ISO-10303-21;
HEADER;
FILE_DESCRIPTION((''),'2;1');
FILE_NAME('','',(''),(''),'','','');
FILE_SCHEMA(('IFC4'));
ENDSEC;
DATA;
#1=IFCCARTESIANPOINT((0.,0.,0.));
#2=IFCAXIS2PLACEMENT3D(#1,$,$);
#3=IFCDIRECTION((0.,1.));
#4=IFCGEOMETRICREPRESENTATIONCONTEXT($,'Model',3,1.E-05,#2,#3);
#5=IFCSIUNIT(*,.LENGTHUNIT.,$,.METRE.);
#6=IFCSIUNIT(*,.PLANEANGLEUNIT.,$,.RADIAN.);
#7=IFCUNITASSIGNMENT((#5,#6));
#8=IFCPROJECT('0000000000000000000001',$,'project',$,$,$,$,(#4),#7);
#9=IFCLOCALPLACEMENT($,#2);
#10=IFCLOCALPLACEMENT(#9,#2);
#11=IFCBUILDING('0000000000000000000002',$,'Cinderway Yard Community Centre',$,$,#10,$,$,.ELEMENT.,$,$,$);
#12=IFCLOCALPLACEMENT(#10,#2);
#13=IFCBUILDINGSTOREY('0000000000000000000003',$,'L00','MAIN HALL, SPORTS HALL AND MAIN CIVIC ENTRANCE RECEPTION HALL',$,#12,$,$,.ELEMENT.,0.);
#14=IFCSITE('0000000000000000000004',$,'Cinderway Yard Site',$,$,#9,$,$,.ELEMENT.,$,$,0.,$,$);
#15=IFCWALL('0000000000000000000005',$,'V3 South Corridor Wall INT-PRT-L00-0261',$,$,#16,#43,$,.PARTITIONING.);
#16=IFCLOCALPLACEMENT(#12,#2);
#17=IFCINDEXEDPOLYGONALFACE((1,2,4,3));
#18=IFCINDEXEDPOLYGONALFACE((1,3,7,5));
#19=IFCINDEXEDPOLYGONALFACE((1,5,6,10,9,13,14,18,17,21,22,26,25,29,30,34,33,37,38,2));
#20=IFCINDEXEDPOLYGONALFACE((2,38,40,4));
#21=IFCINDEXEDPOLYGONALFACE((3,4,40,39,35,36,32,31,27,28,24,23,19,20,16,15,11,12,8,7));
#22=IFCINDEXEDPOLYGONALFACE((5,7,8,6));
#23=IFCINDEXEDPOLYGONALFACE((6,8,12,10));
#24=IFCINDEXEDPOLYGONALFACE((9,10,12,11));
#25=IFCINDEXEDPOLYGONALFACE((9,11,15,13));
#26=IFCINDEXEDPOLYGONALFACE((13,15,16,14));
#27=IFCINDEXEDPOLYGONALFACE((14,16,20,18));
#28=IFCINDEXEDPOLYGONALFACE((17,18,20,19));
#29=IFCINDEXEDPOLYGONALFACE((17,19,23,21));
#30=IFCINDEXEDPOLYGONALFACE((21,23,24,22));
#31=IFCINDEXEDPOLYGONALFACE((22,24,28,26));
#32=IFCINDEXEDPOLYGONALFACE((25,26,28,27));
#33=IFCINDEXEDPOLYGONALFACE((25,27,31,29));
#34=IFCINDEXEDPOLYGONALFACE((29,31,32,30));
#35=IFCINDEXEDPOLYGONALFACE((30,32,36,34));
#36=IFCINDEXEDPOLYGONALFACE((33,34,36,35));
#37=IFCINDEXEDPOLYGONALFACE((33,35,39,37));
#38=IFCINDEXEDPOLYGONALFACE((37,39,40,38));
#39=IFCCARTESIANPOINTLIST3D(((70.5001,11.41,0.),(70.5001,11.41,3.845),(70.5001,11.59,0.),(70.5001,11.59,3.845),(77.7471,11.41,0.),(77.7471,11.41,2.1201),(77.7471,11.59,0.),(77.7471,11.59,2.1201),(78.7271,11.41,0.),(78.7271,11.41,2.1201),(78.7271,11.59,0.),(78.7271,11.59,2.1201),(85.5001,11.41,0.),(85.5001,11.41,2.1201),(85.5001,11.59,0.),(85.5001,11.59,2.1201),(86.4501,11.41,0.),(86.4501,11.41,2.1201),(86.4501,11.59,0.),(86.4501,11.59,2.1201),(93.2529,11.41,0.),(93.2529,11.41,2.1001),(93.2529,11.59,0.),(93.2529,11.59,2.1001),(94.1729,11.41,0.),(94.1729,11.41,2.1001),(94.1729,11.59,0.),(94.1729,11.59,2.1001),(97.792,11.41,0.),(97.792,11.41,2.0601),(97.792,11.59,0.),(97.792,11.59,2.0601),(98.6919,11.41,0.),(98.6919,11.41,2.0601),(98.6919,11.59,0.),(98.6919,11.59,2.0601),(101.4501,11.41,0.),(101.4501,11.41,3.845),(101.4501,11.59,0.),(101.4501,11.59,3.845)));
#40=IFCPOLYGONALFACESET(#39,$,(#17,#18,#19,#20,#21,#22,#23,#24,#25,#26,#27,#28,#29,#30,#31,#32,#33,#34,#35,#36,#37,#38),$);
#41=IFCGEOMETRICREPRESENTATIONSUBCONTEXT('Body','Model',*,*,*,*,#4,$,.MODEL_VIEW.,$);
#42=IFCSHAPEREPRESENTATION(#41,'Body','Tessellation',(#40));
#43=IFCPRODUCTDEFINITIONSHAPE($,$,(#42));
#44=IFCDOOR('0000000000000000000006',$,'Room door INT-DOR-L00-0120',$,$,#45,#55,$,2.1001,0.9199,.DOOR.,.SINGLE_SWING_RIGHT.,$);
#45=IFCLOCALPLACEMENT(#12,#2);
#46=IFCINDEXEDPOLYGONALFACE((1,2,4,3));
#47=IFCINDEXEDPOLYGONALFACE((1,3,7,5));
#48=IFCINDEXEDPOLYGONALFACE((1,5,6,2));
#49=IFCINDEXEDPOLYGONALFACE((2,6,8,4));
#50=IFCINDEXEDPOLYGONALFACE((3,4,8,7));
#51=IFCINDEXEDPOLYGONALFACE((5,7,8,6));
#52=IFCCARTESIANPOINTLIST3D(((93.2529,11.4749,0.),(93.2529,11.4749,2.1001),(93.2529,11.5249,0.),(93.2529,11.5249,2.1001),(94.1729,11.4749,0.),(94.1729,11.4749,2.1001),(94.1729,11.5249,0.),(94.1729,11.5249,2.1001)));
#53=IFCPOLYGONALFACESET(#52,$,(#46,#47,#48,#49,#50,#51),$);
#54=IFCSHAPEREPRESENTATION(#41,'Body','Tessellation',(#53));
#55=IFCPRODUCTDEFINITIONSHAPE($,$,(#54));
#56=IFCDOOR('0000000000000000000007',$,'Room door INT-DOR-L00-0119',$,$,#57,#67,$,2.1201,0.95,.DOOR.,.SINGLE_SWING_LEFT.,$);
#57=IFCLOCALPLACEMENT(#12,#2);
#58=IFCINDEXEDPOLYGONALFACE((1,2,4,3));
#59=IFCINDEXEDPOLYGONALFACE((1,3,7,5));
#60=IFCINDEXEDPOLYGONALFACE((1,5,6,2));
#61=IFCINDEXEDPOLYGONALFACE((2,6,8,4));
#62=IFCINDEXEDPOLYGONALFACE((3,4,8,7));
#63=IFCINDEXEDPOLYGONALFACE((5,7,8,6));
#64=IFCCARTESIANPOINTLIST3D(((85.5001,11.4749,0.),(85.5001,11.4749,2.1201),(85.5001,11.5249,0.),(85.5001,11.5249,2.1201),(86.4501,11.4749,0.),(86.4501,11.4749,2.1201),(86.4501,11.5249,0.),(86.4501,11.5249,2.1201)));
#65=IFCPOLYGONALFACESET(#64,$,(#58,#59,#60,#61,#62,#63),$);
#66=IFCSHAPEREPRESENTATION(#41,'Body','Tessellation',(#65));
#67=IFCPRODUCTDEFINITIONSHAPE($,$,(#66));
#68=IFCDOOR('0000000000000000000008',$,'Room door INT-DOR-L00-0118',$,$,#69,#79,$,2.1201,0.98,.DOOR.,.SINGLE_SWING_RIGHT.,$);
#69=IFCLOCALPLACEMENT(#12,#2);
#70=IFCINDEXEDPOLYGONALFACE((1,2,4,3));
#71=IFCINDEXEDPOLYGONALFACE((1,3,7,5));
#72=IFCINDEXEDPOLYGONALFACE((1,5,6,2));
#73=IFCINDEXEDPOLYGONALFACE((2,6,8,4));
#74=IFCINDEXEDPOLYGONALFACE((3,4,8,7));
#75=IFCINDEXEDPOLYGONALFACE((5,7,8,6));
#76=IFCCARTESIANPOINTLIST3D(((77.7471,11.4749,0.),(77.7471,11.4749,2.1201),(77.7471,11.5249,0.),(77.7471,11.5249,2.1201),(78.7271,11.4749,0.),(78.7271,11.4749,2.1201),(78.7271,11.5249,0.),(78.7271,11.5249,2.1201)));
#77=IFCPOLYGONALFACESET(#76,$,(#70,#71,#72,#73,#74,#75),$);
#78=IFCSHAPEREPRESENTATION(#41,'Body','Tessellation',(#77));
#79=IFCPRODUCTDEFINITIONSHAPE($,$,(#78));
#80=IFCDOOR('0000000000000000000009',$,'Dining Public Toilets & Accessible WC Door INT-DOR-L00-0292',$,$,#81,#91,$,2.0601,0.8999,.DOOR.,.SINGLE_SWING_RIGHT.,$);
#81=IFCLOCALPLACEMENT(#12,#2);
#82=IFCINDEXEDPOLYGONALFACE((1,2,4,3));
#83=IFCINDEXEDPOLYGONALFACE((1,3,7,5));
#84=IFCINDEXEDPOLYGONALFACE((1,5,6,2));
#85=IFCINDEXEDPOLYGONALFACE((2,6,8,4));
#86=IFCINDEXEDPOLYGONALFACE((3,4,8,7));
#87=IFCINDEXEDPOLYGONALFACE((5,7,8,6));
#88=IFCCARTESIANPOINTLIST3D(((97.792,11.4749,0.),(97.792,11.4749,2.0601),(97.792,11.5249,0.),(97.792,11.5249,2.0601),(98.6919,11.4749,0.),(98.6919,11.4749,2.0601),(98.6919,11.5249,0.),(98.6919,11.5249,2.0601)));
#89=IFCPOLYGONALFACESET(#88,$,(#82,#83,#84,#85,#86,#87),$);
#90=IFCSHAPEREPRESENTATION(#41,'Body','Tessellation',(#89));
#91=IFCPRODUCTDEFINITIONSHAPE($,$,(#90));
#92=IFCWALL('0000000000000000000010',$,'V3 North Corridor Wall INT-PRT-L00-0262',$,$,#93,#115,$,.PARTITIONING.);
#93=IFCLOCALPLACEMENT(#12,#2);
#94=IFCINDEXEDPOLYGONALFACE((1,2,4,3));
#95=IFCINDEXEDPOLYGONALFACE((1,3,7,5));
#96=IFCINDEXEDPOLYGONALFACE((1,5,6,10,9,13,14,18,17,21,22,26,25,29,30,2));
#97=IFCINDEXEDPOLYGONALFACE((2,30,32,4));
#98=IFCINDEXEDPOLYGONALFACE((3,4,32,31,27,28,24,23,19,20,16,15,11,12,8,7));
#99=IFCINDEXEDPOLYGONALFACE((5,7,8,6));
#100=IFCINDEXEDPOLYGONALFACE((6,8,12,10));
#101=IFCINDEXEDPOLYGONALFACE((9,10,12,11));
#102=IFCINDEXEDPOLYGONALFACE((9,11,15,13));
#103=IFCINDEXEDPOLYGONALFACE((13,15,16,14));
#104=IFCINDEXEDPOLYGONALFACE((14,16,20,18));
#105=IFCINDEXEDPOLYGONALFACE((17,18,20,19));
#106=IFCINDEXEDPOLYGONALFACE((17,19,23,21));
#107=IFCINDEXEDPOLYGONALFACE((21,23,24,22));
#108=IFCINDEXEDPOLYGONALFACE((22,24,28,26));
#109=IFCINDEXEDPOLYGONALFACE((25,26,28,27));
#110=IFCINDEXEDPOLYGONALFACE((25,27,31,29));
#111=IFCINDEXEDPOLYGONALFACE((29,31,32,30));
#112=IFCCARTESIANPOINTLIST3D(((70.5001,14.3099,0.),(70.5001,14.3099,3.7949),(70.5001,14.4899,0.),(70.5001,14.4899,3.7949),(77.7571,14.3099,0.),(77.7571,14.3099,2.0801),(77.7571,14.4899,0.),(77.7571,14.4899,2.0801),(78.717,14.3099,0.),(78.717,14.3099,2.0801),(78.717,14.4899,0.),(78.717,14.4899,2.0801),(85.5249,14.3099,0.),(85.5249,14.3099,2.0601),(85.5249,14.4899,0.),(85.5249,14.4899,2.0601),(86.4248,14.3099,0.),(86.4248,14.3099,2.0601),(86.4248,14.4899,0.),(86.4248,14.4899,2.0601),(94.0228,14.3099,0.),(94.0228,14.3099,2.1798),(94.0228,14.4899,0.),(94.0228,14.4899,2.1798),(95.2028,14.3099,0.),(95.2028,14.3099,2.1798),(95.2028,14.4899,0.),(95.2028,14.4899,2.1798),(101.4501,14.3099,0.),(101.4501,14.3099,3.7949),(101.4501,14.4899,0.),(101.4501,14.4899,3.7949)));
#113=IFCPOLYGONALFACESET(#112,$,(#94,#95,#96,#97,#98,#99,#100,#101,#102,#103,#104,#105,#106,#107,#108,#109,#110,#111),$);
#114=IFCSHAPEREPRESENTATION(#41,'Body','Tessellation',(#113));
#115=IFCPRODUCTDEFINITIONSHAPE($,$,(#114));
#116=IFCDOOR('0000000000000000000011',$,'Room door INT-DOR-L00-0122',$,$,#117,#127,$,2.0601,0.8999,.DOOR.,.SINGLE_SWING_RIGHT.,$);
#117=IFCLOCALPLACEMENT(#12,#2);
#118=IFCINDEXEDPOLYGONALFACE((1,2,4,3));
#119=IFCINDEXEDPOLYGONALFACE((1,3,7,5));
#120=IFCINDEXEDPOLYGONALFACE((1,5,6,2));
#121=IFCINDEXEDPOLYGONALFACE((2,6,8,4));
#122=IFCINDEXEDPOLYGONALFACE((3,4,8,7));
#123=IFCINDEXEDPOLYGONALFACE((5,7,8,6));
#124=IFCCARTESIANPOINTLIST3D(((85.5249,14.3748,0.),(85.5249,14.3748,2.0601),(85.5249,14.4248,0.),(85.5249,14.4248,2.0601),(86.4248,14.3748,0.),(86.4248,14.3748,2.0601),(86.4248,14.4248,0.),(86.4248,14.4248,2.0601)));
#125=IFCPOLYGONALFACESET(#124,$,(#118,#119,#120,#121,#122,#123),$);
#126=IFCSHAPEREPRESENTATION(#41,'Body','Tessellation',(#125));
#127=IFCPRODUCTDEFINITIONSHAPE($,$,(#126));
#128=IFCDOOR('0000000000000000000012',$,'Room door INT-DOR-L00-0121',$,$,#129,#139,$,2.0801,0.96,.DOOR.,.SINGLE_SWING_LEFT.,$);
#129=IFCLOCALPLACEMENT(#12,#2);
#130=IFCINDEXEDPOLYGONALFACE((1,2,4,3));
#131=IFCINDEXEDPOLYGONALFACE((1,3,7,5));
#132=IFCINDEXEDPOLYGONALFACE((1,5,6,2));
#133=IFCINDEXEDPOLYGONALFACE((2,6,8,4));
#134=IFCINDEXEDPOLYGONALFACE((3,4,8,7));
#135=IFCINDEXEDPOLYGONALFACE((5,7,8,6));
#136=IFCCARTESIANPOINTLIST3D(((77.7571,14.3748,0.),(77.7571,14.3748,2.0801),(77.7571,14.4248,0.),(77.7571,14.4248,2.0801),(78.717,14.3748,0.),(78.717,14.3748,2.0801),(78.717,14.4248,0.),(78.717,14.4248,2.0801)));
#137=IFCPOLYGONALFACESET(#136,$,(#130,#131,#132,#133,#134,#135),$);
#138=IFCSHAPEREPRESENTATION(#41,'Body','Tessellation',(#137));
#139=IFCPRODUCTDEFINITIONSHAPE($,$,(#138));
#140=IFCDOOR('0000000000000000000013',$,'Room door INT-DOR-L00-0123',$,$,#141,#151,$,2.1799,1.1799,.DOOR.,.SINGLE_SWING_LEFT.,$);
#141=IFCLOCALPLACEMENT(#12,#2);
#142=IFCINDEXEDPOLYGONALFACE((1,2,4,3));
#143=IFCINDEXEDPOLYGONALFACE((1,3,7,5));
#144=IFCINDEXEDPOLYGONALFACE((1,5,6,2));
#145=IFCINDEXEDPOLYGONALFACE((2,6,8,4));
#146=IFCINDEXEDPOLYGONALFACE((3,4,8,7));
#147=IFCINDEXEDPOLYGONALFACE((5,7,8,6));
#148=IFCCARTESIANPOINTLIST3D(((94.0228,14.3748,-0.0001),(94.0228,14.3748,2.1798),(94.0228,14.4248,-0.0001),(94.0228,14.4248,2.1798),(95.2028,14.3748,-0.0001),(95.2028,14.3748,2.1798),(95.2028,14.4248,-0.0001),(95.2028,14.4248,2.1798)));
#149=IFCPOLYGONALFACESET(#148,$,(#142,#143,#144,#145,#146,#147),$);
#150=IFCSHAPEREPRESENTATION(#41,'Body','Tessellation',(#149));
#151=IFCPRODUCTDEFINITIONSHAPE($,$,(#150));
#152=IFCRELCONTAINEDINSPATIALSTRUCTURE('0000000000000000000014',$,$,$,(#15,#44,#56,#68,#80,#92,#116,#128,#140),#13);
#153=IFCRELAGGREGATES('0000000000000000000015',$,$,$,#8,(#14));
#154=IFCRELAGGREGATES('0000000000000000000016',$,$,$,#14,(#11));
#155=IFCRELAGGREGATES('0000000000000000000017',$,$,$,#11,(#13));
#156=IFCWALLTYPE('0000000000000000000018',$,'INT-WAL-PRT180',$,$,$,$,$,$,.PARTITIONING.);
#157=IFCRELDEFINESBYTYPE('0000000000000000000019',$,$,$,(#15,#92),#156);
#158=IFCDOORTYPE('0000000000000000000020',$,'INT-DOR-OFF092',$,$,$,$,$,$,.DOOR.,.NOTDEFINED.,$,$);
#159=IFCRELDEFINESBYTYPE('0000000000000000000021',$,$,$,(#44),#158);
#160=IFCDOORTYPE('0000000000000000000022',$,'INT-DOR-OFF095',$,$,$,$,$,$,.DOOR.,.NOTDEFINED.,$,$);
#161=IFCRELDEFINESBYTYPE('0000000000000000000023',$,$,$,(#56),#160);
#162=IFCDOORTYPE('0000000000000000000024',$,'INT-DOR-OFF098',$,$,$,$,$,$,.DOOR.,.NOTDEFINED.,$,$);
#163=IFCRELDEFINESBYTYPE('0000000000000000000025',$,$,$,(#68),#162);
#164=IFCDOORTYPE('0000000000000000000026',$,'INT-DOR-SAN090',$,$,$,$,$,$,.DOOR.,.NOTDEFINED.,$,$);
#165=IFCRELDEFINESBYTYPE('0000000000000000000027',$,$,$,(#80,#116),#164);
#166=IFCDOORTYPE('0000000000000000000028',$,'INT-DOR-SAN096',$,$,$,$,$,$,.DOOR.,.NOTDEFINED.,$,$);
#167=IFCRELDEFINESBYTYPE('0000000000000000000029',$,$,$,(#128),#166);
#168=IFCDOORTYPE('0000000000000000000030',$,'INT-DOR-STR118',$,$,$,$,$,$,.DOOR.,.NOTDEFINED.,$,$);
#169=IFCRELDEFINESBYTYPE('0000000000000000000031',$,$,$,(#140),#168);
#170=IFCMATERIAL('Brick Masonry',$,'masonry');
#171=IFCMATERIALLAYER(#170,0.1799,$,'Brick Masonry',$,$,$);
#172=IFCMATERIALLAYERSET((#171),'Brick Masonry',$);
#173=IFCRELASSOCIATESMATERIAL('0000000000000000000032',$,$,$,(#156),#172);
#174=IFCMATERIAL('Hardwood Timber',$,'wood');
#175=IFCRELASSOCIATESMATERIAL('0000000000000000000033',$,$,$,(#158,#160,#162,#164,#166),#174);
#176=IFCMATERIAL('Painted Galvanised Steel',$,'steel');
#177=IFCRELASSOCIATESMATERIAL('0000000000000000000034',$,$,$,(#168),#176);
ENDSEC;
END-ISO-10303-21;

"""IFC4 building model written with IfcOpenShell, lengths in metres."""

from ifc_helpers import new_model, si_unit, direction, frame, frame_2d, origin, place, context, subcontext, project, spatial, rectangle, extrude, material, layer, layer_set, type_object, element, fill, save


model = new_model("IFC4")

# Units and contexts
model_context = context("Model", 3, precision=1e-05, world=origin(), true_north=direction((0.0, 1.0)))
body_context = subcontext(model_context, "Body", "Model", "MODEL_VIEW")
ifc_project = project(units=[si_unit("LENGTHUNIT", "METRE"), si_unit("PLANEANGLEUNIT", "RADIAN")], contexts=[model_context])

# Site, building, storey
site_placement = place(None, origin())
site = spatial("IfcSite", under=ifc_project, at=site_placement, Name="Cinderway Yard Site", CompositionType="ELEMENT", RefElevation=0.0)
building_placement = place(site_placement, origin())
building = spatial("IfcBuilding", under=site, at=building_placement, Name="Cinderway Yard Community Centre", CompositionType="ELEMENT")
storey_placement = place(building_placement, origin())
storey = spatial("IfcBuildingStorey", under=building, at=storey_placement, Name="L00", Description="MAIN HALL, SPORTS HALL AND MAIN CIVIC ENTRANCE RECEPTION HALL", CompositionType="ELEMENT", Elevation=0.0)

# Shared definitions
ifc_material_1 = material(Name="Brick Masonry", Category="masonry")

# Walls, openings, doors
ifc_layer_1 = layer(ifc_material_1, 0.1799, Name="Brick Masonry")
ifc_layer_set_1 = layer_set([ifc_layer_1], Name="Brick Masonry")
wall_type_1 = type_object("IfcWallType", Name="INT-WAL-PRT180", PredefinedType="PARTITIONING", material=ifc_layer_set_1)
wall_1_placement = place(storey_placement, frame((70.5, 11.5, 0.0), z_axis=(0.0, 0.0, 1.0), x_axis=(1.0, 0.0, 0.0)))
wall_1 = element("IfcWall", 1, at=wall_1_placement, inside=storey, type_object=wall_type_1, Name="V3 South Corridor Wall INT-PRT-L00-0261", PredefinedType="PARTITIONING", context=body_context, shape_type="SweptSolid", body=[
    extrude(rectangle(XDim=30.95, YDim=0.1799, at=frame_2d((15.4751, 0.0))), origin(), (0.0, 0.0, 1.0), 3.845),
])
opening_1_placement = place(wall_1_placement, frame((7.2471, 0.0, 0.0)))
opening_1 = element("IfcOpeningElement", 2, at=opening_1_placement, cuts=wall_1, PredefinedType="OPENING", context=body_context, shape_type="SweptSolid", body=[
    extrude(rectangle(XDim=0.98, YDim=2.1201, at=frame_2d((0.49, 1.0601))), frame((0.0, 0.0999, 0.0), z_axis=(0.0, -1.0, 0.0), x_axis=(1.0, 0.0, 0.0)), (0.0, 0.0, 1.0), 0.2),
])
opening_2_placement = place(wall_1_placement, frame((15.0, 0.0, 0.0)))
opening_2 = element("IfcOpeningElement", 3, at=opening_2_placement, cuts=wall_1, PredefinedType="OPENING", context=body_context, shape_type="SweptSolid", body=[
    extrude(rectangle(XDim=0.95, YDim=2.1201, at=frame_2d((0.4751, 1.0601))), frame((0.0, 0.0999, 0.0), z_axis=(0.0, -1.0, 0.0), x_axis=(1.0, 0.0, 0.0)), (0.0, 0.0, 1.0), 0.2),
])
opening_3_placement = place(wall_1_placement, frame((22.7529, 0.0, 0.0)))
opening_3 = element("IfcOpeningElement", 4, at=opening_3_placement, cuts=wall_1, PredefinedType="OPENING", context=body_context, shape_type="SweptSolid", body=[
    extrude(rectangle(XDim=0.9199, YDim=2.1001, at=frame_2d((0.46, 1.05))), frame((0.0, 0.0999, 0.0), z_axis=(0.0, -1.0, 0.0), x_axis=(1.0, 0.0, 0.0)), (0.0, 0.0, 1.0), 0.2),
])
opening_4_placement = place(wall_1_placement, frame((27.292, 0.0, 0.0)))
opening_4 = element("IfcOpeningElement", 5, at=opening_4_placement, cuts=wall_1, PredefinedType="OPENING", context=body_context, shape_type="SweptSolid", body=[
    extrude(rectangle(XDim=0.8999, YDim=2.0601, at=frame_2d((0.45, 1.03))), frame((0.0, 0.0999, 0.0), z_axis=(0.0, -1.0, 0.0), x_axis=(1.0, 0.0, 0.0)), (0.0, 0.0, 1.0), 0.2),
])
ifc_material_2 = material(Name="Hardwood Timber", Category="wood")
door_type_1 = type_object("IfcDoorType", Name="INT-DOR-OFF092", OperationType="NOTDEFINED", PredefinedType="DOOR", material=ifc_material_2)
door_1_placement = place(opening_3_placement, origin())
door_1 = element("IfcDoor", 6, at=door_1_placement, inside=storey, type_object=door_type_1, Name="Room door INT-DOR-L00-0120", OperationType="SINGLE_SWING_RIGHT", OverallHeight=2.1001, OverallWidth=0.9199, PredefinedType="DOOR", context=body_context, shape_type="SweptSolid", body=[
    extrude(rectangle(XDim=0.9199, YDim=2.1001, at=frame_2d((0.46, 1.05))), frame((0.0, 0.0249, 0.0), z_axis=(0.0, -1.0, 0.0), x_axis=(1.0, 0.0, 0.0)), (0.0, 0.0, 1.0), 0.05),
])
fill(opening_3, door_1)
door_type_2 = type_object("IfcDoorType", Name="INT-DOR-OFF095", OperationType="NOTDEFINED", PredefinedType="DOOR", material=ifc_material_2)
door_2_placement = place(opening_2_placement, origin())
door_2 = element("IfcDoor", 7, at=door_2_placement, inside=storey, type_object=door_type_2, Name="Room door INT-DOR-L00-0119", OperationType="SINGLE_SWING_LEFT", OverallHeight=2.1201, OverallWidth=0.95, PredefinedType="DOOR", context=body_context, shape_type="SweptSolid", body=[
    extrude(rectangle(XDim=0.95, YDim=2.1201, at=frame_2d((0.4751, 1.0601))), frame((0.0, 0.0249, 0.0), z_axis=(0.0, -1.0, 0.0), x_axis=(1.0, 0.0, 0.0)), (0.0, 0.0, 1.0), 0.05),
])
fill(opening_2, door_2)
door_type_3 = type_object("IfcDoorType", Name="INT-DOR-OFF098", OperationType="NOTDEFINED", PredefinedType="DOOR", material=ifc_material_2)
door_3_placement = place(opening_1_placement, origin())
door_3 = element("IfcDoor", 8, at=door_3_placement, inside=storey, type_object=door_type_3, Name="Room door INT-DOR-L00-0118", OperationType="SINGLE_SWING_RIGHT", OverallHeight=2.1201, OverallWidth=0.98, PredefinedType="DOOR", context=body_context, shape_type="SweptSolid", body=[
    extrude(rectangle(XDim=0.98, YDim=2.1201, at=frame_2d((0.49, 1.0601))), frame((0.0, 0.0249, 0.0), z_axis=(0.0, -1.0, 0.0), x_axis=(1.0, 0.0, 0.0)), (0.0, 0.0, 1.0), 0.05),
])
fill(opening_1, door_3)
door_type_4 = type_object("IfcDoorType", Name="INT-DOR-SAN090", OperationType="NOTDEFINED", PredefinedType="DOOR", material=ifc_material_2)
door_4_placement = place(opening_4_placement, origin())
door_4 = element("IfcDoor", 9, at=door_4_placement, inside=storey, type_object=door_type_4, Name="Dining Public Toilets & Accessible WC Door INT-DOR-L00-0292", OperationType="SINGLE_SWING_RIGHT", OverallHeight=2.0601, OverallWidth=0.8999, PredefinedType="DOOR", context=body_context, shape_type="SweptSolid", body=[
    extrude(rectangle(XDim=0.8999, YDim=2.0601, at=frame_2d((0.45, 1.03))), frame((0.0, 0.0249, 0.0), z_axis=(0.0, -1.0, 0.0), x_axis=(1.0, 0.0, 0.0)), (0.0, 0.0, 1.0), 0.05),
])
fill(opening_4, door_4)
wall_2_placement = place(storey_placement, frame((70.5, 14.3999, 0.0), z_axis=(0.0, 0.0, 1.0), x_axis=(1.0, 0.0, 0.0)))
wall_2 = element("IfcWall", 10, at=wall_2_placement, inside=storey, type_object=wall_type_1, Name="V3 North Corridor Wall INT-PRT-L00-0262", PredefinedType="PARTITIONING", context=body_context, shape_type="SweptSolid", body=[
    extrude(rectangle(XDim=30.95, YDim=0.1799, at=frame_2d((15.4751, 0.0))), origin(), (0.0, 0.0, 1.0), 3.7949),
])
opening_5_placement = place(wall_2_placement, frame((7.2571, 0.0, 0.0)))
opening_5 = element("IfcOpeningElement", 11, at=opening_5_placement, cuts=wall_2, PredefinedType="OPENING", context=body_context, shape_type="SweptSolid", body=[
    extrude(rectangle(XDim=0.96, YDim=2.0801, at=frame_2d((0.48, 1.04))), frame((0.0, 0.0999, 0.0), z_axis=(0.0, -1.0, 0.0), x_axis=(1.0, 0.0, 0.0)), (0.0, 0.0, 1.0), 0.2),
])
opening_6_placement = place(wall_2_placement, frame((15.0249, 0.0, 0.0)))
opening_6 = element("IfcOpeningElement", 12, at=opening_6_placement, cuts=wall_2, PredefinedType="OPENING", context=body_context, shape_type="SweptSolid", body=[
    extrude(rectangle(XDim=0.8999, YDim=2.0601, at=frame_2d((0.45, 1.03))), frame((0.0, 0.0999, 0.0), z_axis=(0.0, -1.0, 0.0), x_axis=(1.0, 0.0, 0.0)), (0.0, 0.0, 1.0), 0.2),
])
opening_7_placement = place(wall_2_placement, frame((23.5229, 0.0, 0.0)))
opening_7 = element("IfcOpeningElement", 13, at=opening_7_placement, cuts=wall_2, PredefinedType="OPENING", context=body_context, shape_type="SweptSolid", body=[
    extrude(rectangle(XDim=1.1799, YDim=2.1799, at=frame_2d((0.5898, 1.0898))), frame((0.0, 0.0999, 0.0), z_axis=(0.0, -1.0, 0.0), x_axis=(1.0, 0.0, 0.0)), (0.0, 0.0, 1.0), 0.2),
])
door_5_placement = place(opening_6_placement, origin())
door_5 = element("IfcDoor", 14, at=door_5_placement, inside=storey, type_object=door_type_4, Name="Room door INT-DOR-L00-0122", OperationType="SINGLE_SWING_RIGHT", OverallHeight=2.0601, OverallWidth=0.8999, PredefinedType="DOOR", context=body_context, shape_type="SweptSolid", body=[
    extrude(rectangle(XDim=0.8999, YDim=2.0601, at=frame_2d((0.45, 1.03))), frame((0.0, 0.0249, 0.0), z_axis=(0.0, -1.0, 0.0), x_axis=(1.0, 0.0, 0.0)), (0.0, 0.0, 1.0), 0.05),
])
fill(opening_6, door_5)
door_type_5 = type_object("IfcDoorType", Name="INT-DOR-SAN096", OperationType="NOTDEFINED", PredefinedType="DOOR", material=ifc_material_2)
door_6_placement = place(opening_5_placement, origin())
door_6 = element("IfcDoor", 15, at=door_6_placement, inside=storey, type_object=door_type_5, Name="Room door INT-DOR-L00-0121", OperationType="SINGLE_SWING_LEFT", OverallHeight=2.0801, OverallWidth=0.96, PredefinedType="DOOR", context=body_context, shape_type="SweptSolid", body=[
    extrude(rectangle(XDim=0.96, YDim=2.0801, at=frame_2d((0.48, 1.04))), frame((0.0, 0.0249, 0.0), z_axis=(0.0, -1.0, 0.0), x_axis=(1.0, 0.0, 0.0)), (0.0, 0.0, 1.0), 0.05),
])
fill(opening_5, door_6)
ifc_material_3 = material(Name="Painted Galvanised Steel", Category="steel")
door_type_6 = type_object("IfcDoorType", Name="INT-DOR-STR118", OperationType="NOTDEFINED", PredefinedType="DOOR", material=ifc_material_3)
door_7_placement = place(opening_7_placement, origin())
door_7 = element("IfcDoor", 16, at=door_7_placement, inside=storey, type_object=door_type_6, Name="Room door INT-DOR-L00-0123", OperationType="SINGLE_SWING_LEFT", OverallHeight=2.1799, OverallWidth=1.1799, PredefinedType="DOOR", context=body_context, shape_type="SweptSolid", body=[
    extrude(rectangle(XDim=1.1799, YDim=2.1799, at=frame_2d((0.5898, 1.0898))), frame((0.0, 0.0249, 0.0), z_axis=(0.0, -1.0, 0.0), x_axis=(1.0, 0.0, 0.0)), (0.0, 0.0, 1.0), 0.05),
])
fill(opening_7, door_7)

save(model, "model.ifc")
